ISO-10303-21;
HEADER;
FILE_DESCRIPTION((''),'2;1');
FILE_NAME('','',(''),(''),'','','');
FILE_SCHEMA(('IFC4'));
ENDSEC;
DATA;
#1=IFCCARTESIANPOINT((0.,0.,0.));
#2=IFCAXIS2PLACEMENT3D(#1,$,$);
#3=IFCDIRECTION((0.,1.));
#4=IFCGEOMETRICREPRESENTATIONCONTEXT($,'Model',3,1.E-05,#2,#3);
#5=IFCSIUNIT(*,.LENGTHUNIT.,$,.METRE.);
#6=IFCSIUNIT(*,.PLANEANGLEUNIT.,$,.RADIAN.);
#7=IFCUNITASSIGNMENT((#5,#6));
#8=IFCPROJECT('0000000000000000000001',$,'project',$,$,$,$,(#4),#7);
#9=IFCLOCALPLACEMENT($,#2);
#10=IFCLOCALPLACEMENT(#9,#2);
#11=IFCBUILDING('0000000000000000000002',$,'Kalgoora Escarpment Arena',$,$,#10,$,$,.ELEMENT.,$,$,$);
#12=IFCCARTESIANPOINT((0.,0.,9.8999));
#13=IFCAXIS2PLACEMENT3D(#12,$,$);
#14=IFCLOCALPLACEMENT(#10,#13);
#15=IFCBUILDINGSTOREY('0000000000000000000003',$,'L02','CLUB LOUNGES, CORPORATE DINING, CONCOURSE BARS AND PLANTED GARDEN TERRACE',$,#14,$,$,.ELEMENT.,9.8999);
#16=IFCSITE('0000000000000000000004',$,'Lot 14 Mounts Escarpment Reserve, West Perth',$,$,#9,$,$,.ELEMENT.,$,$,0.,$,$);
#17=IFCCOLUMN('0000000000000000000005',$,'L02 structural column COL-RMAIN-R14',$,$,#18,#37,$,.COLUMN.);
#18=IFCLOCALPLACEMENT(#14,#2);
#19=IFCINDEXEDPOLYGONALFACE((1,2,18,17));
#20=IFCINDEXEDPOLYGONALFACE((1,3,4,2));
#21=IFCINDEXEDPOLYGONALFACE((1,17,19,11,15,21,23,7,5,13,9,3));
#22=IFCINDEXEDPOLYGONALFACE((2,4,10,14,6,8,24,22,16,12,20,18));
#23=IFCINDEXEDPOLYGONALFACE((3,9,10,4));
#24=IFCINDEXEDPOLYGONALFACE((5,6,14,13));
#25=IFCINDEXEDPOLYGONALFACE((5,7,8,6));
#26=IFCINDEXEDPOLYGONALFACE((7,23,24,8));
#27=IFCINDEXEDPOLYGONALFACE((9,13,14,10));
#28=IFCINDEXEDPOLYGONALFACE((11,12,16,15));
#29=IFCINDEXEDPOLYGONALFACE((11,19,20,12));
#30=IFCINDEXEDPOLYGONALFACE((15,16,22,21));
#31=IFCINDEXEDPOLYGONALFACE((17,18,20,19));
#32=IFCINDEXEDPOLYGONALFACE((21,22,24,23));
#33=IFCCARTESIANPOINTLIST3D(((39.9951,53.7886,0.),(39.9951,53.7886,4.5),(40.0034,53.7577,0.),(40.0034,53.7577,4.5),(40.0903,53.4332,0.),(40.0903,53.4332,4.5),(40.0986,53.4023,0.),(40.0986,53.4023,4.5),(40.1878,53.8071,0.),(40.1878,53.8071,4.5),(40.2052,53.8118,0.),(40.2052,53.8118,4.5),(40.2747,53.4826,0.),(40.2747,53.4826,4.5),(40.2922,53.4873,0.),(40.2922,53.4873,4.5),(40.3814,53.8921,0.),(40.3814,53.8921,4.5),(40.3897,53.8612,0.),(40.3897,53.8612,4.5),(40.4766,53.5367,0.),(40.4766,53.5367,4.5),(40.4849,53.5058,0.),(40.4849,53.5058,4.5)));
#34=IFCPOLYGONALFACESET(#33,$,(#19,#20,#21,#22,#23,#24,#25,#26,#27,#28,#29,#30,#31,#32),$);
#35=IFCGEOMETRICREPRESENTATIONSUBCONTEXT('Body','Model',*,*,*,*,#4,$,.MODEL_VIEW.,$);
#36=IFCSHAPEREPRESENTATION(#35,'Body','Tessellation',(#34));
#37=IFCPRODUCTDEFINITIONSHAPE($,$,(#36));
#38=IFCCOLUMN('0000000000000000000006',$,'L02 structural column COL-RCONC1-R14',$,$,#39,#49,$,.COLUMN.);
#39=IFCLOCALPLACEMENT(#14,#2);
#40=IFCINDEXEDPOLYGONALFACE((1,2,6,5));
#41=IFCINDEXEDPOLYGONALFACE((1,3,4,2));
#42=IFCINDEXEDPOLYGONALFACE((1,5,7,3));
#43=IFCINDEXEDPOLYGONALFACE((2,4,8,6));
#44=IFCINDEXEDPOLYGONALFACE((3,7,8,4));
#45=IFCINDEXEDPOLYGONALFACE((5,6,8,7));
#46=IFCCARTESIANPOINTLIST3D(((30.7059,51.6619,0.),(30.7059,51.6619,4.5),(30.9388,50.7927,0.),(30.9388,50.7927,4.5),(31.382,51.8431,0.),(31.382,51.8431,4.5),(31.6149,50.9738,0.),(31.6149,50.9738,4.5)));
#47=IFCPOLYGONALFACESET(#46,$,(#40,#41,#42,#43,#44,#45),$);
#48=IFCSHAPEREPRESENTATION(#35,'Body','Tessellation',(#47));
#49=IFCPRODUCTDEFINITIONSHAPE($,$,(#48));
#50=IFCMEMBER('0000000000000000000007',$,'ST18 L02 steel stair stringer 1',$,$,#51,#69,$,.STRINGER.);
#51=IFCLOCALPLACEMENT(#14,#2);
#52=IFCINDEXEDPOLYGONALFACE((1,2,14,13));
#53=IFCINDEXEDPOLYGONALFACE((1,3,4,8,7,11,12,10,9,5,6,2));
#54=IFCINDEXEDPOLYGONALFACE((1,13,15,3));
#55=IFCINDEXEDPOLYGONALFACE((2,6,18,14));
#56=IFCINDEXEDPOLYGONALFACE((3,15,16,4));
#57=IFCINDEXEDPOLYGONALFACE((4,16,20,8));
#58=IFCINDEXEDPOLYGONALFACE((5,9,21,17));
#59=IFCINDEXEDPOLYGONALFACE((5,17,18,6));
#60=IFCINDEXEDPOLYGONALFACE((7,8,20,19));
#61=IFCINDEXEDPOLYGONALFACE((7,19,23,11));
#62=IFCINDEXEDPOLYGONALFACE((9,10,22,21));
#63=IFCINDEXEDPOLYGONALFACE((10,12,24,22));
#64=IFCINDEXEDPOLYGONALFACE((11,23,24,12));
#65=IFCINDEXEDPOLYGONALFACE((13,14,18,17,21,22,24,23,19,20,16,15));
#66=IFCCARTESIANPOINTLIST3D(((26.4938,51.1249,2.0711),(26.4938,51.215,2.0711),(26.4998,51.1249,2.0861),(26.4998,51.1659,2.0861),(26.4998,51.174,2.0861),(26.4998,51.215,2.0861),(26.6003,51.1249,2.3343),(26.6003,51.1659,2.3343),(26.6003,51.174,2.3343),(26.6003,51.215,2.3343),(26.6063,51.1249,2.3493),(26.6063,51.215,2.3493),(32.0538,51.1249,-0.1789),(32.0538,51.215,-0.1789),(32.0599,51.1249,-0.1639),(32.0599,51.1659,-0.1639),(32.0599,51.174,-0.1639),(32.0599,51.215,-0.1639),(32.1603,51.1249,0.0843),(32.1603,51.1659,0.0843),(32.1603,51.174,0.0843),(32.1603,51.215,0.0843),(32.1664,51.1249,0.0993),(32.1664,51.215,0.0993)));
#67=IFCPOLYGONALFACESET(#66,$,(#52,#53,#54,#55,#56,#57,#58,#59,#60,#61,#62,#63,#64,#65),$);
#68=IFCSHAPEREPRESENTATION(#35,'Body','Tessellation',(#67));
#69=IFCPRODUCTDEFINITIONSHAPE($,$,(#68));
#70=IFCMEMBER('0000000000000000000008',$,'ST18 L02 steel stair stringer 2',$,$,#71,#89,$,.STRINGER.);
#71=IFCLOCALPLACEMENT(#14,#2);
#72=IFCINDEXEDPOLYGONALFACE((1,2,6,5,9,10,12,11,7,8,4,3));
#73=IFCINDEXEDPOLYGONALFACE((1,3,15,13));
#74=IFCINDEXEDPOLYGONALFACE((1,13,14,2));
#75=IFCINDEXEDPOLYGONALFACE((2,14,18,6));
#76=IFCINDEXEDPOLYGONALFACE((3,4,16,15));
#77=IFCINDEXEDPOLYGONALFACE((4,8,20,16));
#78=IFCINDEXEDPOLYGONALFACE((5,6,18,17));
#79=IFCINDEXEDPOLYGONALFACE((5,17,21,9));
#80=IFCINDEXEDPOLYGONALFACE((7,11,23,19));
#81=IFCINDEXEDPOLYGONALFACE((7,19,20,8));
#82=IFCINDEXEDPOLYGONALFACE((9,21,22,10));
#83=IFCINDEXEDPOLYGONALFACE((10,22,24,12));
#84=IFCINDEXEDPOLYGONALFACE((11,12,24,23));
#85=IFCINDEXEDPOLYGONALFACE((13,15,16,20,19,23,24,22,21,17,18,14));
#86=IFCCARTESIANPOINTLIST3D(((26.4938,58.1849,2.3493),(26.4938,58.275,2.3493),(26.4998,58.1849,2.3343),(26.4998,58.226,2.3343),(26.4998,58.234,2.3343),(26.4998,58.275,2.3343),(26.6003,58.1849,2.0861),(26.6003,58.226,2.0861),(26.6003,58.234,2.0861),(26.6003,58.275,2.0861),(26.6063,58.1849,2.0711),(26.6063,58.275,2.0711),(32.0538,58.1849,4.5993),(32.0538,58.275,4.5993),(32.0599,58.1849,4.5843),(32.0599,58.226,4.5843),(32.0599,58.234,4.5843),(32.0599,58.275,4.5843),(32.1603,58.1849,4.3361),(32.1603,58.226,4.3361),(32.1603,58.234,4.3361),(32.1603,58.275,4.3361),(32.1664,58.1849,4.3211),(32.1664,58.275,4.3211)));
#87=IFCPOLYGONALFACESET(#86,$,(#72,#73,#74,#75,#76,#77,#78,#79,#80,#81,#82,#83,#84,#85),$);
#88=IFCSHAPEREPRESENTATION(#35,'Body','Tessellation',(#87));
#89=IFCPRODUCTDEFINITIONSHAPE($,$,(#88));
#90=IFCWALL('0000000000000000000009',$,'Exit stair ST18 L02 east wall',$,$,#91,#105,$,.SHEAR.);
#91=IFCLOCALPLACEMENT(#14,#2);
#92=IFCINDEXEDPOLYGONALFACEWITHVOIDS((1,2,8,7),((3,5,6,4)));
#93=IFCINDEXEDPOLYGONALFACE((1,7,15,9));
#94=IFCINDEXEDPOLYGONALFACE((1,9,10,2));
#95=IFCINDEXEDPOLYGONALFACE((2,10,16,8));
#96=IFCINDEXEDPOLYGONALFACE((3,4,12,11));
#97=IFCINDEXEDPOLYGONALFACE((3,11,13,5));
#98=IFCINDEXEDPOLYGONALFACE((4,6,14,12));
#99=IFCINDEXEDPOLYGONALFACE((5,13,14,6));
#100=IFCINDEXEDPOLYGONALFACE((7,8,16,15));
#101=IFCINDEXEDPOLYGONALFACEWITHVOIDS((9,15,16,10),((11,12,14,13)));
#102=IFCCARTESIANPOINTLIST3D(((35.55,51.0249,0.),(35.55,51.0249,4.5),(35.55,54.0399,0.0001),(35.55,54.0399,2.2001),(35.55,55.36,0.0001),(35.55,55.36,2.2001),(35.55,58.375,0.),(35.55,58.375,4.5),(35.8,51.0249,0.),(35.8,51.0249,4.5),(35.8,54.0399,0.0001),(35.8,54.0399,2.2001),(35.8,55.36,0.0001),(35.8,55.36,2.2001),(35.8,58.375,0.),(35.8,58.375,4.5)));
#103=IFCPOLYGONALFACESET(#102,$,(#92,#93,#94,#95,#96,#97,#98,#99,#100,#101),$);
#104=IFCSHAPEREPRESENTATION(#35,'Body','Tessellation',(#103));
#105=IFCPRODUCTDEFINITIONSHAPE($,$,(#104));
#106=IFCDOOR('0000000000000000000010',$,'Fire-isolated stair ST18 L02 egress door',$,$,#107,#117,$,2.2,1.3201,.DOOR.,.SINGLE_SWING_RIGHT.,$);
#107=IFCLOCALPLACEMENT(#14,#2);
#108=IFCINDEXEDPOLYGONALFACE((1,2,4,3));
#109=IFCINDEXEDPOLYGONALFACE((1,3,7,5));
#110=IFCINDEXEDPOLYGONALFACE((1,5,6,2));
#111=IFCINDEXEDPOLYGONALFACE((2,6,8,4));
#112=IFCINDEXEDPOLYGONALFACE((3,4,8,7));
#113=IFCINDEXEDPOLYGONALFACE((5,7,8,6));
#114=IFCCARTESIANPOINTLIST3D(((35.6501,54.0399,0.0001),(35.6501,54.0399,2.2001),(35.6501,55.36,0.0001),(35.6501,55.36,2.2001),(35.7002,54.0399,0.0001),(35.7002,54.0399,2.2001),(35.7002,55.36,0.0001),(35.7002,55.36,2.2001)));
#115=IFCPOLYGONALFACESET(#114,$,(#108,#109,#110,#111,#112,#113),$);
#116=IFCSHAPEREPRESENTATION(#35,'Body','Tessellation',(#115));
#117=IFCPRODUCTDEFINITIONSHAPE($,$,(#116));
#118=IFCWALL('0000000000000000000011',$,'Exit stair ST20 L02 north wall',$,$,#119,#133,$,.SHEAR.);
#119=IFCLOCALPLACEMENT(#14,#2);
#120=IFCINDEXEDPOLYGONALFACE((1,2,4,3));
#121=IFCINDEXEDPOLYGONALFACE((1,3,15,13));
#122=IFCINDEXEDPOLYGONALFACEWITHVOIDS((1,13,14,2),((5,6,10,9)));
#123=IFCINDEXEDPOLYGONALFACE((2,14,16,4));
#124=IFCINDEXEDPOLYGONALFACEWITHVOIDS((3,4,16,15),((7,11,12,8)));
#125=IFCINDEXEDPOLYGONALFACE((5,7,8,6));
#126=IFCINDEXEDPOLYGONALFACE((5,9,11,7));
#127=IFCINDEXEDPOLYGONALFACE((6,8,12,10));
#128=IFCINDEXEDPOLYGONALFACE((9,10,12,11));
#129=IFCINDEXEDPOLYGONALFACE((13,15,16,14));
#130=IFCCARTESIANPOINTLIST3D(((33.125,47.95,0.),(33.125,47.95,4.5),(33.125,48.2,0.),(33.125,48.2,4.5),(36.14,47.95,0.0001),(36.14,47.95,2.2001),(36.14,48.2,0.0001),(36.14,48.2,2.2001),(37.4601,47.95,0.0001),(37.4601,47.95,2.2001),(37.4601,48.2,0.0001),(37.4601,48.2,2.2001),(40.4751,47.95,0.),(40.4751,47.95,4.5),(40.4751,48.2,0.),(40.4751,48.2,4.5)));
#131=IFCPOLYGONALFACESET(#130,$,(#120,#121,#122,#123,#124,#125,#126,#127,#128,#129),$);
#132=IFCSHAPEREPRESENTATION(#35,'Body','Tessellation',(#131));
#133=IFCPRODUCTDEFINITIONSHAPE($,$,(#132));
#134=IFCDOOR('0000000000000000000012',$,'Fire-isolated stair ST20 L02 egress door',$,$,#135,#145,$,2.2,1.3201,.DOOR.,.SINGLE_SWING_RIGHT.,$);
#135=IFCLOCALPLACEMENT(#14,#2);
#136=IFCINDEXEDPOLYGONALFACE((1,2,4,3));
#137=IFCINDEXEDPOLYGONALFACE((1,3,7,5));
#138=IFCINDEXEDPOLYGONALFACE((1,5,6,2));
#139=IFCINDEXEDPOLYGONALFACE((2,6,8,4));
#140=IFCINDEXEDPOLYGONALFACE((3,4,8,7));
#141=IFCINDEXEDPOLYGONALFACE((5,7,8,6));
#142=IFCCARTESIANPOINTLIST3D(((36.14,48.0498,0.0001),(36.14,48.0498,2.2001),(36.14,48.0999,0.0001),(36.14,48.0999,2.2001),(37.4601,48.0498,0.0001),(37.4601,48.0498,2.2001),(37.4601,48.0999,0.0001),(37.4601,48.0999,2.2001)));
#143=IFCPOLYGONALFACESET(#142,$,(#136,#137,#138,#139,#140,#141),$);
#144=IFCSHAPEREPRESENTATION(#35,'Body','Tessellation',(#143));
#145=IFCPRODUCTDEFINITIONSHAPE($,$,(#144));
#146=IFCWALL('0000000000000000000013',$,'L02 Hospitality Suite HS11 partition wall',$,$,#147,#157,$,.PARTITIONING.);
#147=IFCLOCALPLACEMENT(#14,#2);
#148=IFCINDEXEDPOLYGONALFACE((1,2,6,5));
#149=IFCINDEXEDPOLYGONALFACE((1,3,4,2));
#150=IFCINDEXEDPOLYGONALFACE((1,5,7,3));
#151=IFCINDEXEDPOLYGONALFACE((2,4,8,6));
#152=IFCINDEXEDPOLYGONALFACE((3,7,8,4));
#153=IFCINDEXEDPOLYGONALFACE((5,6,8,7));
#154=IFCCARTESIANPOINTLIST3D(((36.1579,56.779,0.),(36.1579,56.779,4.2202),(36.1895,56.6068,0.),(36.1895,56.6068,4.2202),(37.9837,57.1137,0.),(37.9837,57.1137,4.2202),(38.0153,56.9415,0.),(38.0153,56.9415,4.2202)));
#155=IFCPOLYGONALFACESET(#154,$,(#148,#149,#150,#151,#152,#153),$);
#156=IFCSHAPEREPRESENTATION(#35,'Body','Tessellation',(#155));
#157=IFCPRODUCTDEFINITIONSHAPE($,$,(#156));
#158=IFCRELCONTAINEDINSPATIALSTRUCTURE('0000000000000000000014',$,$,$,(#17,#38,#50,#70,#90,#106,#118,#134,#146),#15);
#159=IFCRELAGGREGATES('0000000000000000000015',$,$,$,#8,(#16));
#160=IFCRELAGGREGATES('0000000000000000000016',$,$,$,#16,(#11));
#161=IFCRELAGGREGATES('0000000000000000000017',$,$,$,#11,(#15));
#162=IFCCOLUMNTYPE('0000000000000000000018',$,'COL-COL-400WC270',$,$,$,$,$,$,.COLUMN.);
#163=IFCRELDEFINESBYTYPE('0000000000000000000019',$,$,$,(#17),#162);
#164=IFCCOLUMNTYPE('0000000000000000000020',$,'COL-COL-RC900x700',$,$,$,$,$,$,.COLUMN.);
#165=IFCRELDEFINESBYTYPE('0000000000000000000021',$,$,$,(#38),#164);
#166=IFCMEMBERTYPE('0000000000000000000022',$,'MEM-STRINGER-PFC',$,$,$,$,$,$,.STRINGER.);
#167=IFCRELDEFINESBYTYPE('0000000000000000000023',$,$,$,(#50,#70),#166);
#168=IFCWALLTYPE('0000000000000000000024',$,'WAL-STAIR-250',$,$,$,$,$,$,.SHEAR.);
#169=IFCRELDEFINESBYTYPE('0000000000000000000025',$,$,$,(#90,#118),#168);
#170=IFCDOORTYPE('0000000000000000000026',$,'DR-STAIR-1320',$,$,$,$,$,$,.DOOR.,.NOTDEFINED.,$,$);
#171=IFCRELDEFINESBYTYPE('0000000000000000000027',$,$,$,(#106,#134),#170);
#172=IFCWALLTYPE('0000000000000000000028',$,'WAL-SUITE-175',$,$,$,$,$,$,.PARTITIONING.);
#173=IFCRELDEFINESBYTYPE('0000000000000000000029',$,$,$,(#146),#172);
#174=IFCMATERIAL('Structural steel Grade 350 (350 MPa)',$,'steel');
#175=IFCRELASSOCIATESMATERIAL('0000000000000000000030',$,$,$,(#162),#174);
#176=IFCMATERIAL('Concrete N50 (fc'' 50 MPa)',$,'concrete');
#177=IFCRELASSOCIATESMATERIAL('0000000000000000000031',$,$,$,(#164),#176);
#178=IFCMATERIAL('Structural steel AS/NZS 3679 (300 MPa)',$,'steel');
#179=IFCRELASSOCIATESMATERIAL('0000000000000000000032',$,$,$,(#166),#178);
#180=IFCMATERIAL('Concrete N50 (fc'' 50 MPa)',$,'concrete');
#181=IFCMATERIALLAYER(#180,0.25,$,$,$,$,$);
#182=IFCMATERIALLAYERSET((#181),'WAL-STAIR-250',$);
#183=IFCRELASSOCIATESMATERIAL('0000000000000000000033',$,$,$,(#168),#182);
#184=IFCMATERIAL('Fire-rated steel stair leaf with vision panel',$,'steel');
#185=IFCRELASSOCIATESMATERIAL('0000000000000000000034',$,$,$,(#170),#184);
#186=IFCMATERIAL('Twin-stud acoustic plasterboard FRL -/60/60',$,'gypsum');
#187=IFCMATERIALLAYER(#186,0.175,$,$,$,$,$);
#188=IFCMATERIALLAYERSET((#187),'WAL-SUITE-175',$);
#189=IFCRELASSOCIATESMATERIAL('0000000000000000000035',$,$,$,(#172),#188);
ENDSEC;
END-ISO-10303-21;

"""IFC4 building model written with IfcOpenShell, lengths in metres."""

from ifc_helpers import new_model, si_unit, direction, frame, frame_2d, origin, origin_2d, place, context, subcontext, project, spatial, rectangle, i_section, extrude, material, layer, layer_set, material_profile, profile_set, type_object, element, fill, save


model = new_model("IFC4")

# Units and contexts
model_context = context("Model", 3, precision=1e-05, world=origin(), true_north=direction((0.0, 1.0)))
body_context = subcontext(model_context, "Body", "Model", "MODEL_VIEW")
ifc_project = project(units=[si_unit("LENGTHUNIT", "METRE"), si_unit("PLANEANGLEUNIT", "RADIAN")], contexts=[model_context])

# Site, building, storey
site_placement = place(None, origin())
site = spatial("IfcSite", under=ifc_project, at=site_placement, Name="Lot 14 Mounts Escarpment Reserve, West Perth", CompositionType="ELEMENT", RefElevation=0.0)
building_placement = place(site_placement, origin())
building = spatial("IfcBuilding", under=site, at=building_placement, Name="Kalgoora Escarpment Arena", CompositionType="ELEMENT")
storey_placement = place(building_placement, frame((0.0, 0.0, 9.8999)))
storey = spatial("IfcBuildingStorey", under=building, at=storey_placement, Name="L02", Description="CLUB LOUNGES, CORPORATE DINING, CONCOURSE BARS AND PLANTED GARDEN TERRACE", CompositionType="ELEMENT", Elevation=9.8999)

# Columns
ifc_material_1 = material(Name="Structural steel Grade 350 (350 MPa)", Category="steel")
ifc_material_profile_1 = material_profile(ifc_material_1, i_section(OverallWidth=0.3999, OverallDepth=0.3999, WebThickness=0.0181, FlangeThickness=0.032, at=origin_2d()))
ifc_profile_set_1 = profile_set([ifc_material_profile_1], Name="Structural steel Grade 350 (350 MPa)")
column_type_1 = type_object("IfcColumnType", Name="COL-COL-400WC270", PredefinedType="COLUMN", material=ifc_profile_set_1)
column_1_placement = place(storey_placement, frame((40.24, 53.6472, 0.0), z_axis=(0.0, 0.0, 1.0), x_axis=(-0.965926, -0.258819, 0.0)))
element("IfcColumn", 1, at=column_1_placement, inside=storey, type_object=column_type_1, Name="L02 structural column COL-RMAIN-R14", PredefinedType="COLUMN", context=body_context, shape_type="SweptSolid", body=[
    extrude(i_section(OverallWidth=0.3999, OverallDepth=0.3999, WebThickness=0.0181, FlangeThickness=0.032, at=origin_2d()), origin(), (0.0, 0.0, 1.0), 4.5),
])
ifc_material_2 = material(Name="Concrete N50 (fc' 50 MPa)", Category="concrete")
ifc_material_profile_2 = material_profile(ifc_material_2, rectangle(XDim=0.7, YDim=0.8999, at=origin_2d()))
ifc_profile_set_2 = profile_set([ifc_material_profile_2], Name="Concrete N50 (fc' 50 MPa)")
column_type_2 = type_object("IfcColumnType", Name="COL-COL-RC900x700", PredefinedType="COLUMN", material=ifc_profile_set_2)
column_2_placement = place(storey_placement, frame((31.1604, 51.3179, 0.0), z_axis=(0.0, 0.0, 1.0), x_axis=(-0.965926, -0.258819, 0.0)))
element("IfcColumn", 2, at=column_2_placement, inside=storey, type_object=column_type_2, Name="L02 structural column COL-RCONC1-R14", PredefinedType="COLUMN", context=body_context, shape_type="SweptSolid", body=[
    extrude(rectangle(XDim=0.7, YDim=0.8999, at=origin_2d()), origin(), (0.0, 0.0, 1.0), 4.5),
])

# Members
ifc_material_3 = material(Name="Structural steel AS/NZS 3679 (300 MPa)", Category="steel")
ifc_material_profile_3 = material_profile(ifc_material_3, i_section(OverallWidth=0.0901, OverallDepth=0.3, WebThickness=0.0081, FlangeThickness=0.0161, at=origin_2d()))
ifc_profile_set_3 = profile_set([ifc_material_profile_3], Name="Structural steel AS/NZS 3679 (300 MPa)")
member_type = type_object("IfcMemberType", Name="MEM-STRINGER-PFC", PredefinedType="STRINGER", material=ifc_profile_set_3)
for number, where, z_axis, x_axis, name in (
    (3, (32.1101, 51.1699, -0.0398), (-0.926976, 0.0, 0.375121), (0.0, -1.0, 0.0), "ST18 L02 steel stair stringer 1"),
    (4, (26.55, 58.23, 2.2102), (0.926976, 0.0, 0.375121), (0.0, 1.0, 0.0), "ST18 L02 steel stair stringer 2"),
):
    element("IfcMember", number, at=place(storey_placement, frame(where, z_axis=z_axis, x_axis=x_axis)), inside=storey, type_object=member_type, Name=name, PredefinedType="STRINGER", context=body_context, shape_type="SweptSolid", body=[
        extrude(i_section(OverallWidth=0.0901, OverallDepth=0.3, WebThickness=0.0081, FlangeThickness=0.0161, at=origin_2d()), origin(), (0.0, 0.0, 1.0), 5.998),
    ])

# Walls, openings, doors
ifc_material_4 = material(Name="Concrete N50 (fc' 50 MPa)", Category="concrete")
ifc_layer_1 = layer(ifc_material_4, 0.25)
ifc_layer_set_1 = layer_set([ifc_layer_1], Name="WAL-STAIR-250")
wall_type_1 = type_object("IfcWallType", Name="WAL-STAIR-250", PredefinedType="SHEAR", material=ifc_layer_set_1)
wall_1_placement = place(storey_placement, frame((35.675, 51.0249, 0.0), z_axis=(0.0, 0.0, 1.0), x_axis=(0.0, 1.0, 0.0)))
wall_1 = element("IfcWall", 5, at=wall_1_placement, inside=storey, type_object=wall_type_1, Name="Exit stair ST18 L02 east wall", PredefinedType="SHEAR", context=body_context, shape_type="SweptSolid", body=[
    extrude(rectangle(XDim=7.3501, YDim=0.25, at=frame_2d((3.675, 0.0))), origin(), (0.0, 0.0, 1.0), 4.5),
])
opening_1_placement = place(wall_1_placement, frame((3.0149, 0.0, 0.0)))
opening_1 = element("IfcOpeningElement", 6, at=opening_1_placement, cuts=wall_1, PredefinedType="OPENING", context=body_context, shape_type="SweptSolid", body=[
    extrude(rectangle(XDim=1.3201, YDim=2.2, at=frame_2d((0.6602, 1.1001))), frame((0.0, 0.135, 0.0), z_axis=(0.0, -1.0, 0.0), x_axis=(1.0, 0.0, 0.0)), (0.0, 0.0, 1.0), 0.27),
])
ifc_material_5 = material(Name="Fire-rated steel stair leaf with vision panel", Category="steel")
door_type_1 = type_object("IfcDoorType", Name="DR-STAIR-1320", OperationType="NOTDEFINED", PredefinedType="DOOR", material=ifc_material_5)
door_1_placement = place(opening_1_placement, origin())
door_1 = element("IfcDoor", 7, at=door_1_placement, inside=storey, type_object=door_type_1, Name="Fire-isolated stair ST18 L02 egress door", OperationType="SINGLE_SWING_RIGHT", OverallHeight=2.2, OverallWidth=1.3201, PredefinedType="DOOR", context=body_context, shape_type="SweptSolid", body=[
    extrude(rectangle(XDim=1.3201, YDim=2.2, at=frame_2d((0.6602, 1.1001))), frame((0.0, 0.0249, 0.0), z_axis=(0.0, -1.0, 0.0), x_axis=(1.0, 0.0, 0.0)), (0.0, 0.0, 1.0), 0.05),
])
fill(opening_1, door_1)
wall_2_placement = place(storey_placement, frame((33.125, 48.075, 0.0), z_axis=(0.0, 0.0, 1.0), x_axis=(1.0, 0.0, 0.0)))
wall_2 = element("IfcWall", 8, at=wall_2_placement, inside=storey, type_object=wall_type_1, Name="Exit stair ST20 L02 north wall", PredefinedType="SHEAR", context=body_context, shape_type="SweptSolid", body=[
    extrude(rectangle(XDim=7.3501, YDim=0.25, at=frame_2d((3.675, 0.0))), origin(), (0.0, 0.0, 1.0), 4.5),
])
opening_2_placement = place(wall_2_placement, frame((3.0149, 0.0, 0.0)))
opening_2 = element("IfcOpeningElement", 9, at=opening_2_placement, cuts=wall_2, PredefinedType="OPENING", context=body_context, shape_type="SweptSolid", body=[
    extrude(rectangle(XDim=1.3201, YDim=2.2, at=frame_2d((0.6602, 1.1001))), frame((0.0, 0.135, 0.0), z_axis=(0.0, -1.0, 0.0), x_axis=(1.0, 0.0, 0.0)), (0.0, 0.0, 1.0), 0.27),
])
door_2_placement = place(opening_2_placement, origin())
door_2 = element("IfcDoor", 10, at=door_2_placement, inside=storey, type_object=door_type_1, Name="Fire-isolated stair ST20 L02 egress door", OperationType="SINGLE_SWING_RIGHT", OverallHeight=2.2, OverallWidth=1.3201, PredefinedType="DOOR", context=body_context, shape_type="SweptSolid", body=[
    extrude(rectangle(XDim=1.3201, YDim=2.2, at=frame_2d((0.6602, 1.1001))), frame((0.0, 0.0249, 0.0), z_axis=(0.0, -1.0, 0.0), x_axis=(1.0, 0.0, 0.0)), (0.0, 0.0, 1.0), 0.05),
])
fill(opening_2, door_2)

# Wall
ifc_material_6 = material(Name="Twin-stud acoustic plasterboard FRL -/60/60", Category="gypsum")
ifc_layer_2 = layer(ifc_material_6, 0.175)
ifc_layer_set_2 = layer_set([ifc_layer_2], Name="WAL-SUITE-175")
wall_type_2 = type_object("IfcWallType", Name="WAL-SUITE-175", PredefinedType="PARTITIONING", material=ifc_layer_set_2)
wall_3_placement = place(storey_placement, frame((36.1736, 56.6929, 0.0), z_axis=(0.0, 0.0, 1.0), x_axis=(0.983606, 0.180332, 0.0)))
element("IfcWall", 11, at=wall_3_placement, inside=storey, type_object=wall_type_2, Name="L02 Hospitality Suite HS11 partition wall", PredefinedType="PARTITIONING", context=body_context, shape_type="SweptSolid", body=[
    extrude(rectangle(XDim=1.8562, YDim=0.175, at=frame_2d((0.9282, 0.0))), origin(), (0.0, 0.0, 1.0), 4.2202),
])

save(model, "model.ifc")
